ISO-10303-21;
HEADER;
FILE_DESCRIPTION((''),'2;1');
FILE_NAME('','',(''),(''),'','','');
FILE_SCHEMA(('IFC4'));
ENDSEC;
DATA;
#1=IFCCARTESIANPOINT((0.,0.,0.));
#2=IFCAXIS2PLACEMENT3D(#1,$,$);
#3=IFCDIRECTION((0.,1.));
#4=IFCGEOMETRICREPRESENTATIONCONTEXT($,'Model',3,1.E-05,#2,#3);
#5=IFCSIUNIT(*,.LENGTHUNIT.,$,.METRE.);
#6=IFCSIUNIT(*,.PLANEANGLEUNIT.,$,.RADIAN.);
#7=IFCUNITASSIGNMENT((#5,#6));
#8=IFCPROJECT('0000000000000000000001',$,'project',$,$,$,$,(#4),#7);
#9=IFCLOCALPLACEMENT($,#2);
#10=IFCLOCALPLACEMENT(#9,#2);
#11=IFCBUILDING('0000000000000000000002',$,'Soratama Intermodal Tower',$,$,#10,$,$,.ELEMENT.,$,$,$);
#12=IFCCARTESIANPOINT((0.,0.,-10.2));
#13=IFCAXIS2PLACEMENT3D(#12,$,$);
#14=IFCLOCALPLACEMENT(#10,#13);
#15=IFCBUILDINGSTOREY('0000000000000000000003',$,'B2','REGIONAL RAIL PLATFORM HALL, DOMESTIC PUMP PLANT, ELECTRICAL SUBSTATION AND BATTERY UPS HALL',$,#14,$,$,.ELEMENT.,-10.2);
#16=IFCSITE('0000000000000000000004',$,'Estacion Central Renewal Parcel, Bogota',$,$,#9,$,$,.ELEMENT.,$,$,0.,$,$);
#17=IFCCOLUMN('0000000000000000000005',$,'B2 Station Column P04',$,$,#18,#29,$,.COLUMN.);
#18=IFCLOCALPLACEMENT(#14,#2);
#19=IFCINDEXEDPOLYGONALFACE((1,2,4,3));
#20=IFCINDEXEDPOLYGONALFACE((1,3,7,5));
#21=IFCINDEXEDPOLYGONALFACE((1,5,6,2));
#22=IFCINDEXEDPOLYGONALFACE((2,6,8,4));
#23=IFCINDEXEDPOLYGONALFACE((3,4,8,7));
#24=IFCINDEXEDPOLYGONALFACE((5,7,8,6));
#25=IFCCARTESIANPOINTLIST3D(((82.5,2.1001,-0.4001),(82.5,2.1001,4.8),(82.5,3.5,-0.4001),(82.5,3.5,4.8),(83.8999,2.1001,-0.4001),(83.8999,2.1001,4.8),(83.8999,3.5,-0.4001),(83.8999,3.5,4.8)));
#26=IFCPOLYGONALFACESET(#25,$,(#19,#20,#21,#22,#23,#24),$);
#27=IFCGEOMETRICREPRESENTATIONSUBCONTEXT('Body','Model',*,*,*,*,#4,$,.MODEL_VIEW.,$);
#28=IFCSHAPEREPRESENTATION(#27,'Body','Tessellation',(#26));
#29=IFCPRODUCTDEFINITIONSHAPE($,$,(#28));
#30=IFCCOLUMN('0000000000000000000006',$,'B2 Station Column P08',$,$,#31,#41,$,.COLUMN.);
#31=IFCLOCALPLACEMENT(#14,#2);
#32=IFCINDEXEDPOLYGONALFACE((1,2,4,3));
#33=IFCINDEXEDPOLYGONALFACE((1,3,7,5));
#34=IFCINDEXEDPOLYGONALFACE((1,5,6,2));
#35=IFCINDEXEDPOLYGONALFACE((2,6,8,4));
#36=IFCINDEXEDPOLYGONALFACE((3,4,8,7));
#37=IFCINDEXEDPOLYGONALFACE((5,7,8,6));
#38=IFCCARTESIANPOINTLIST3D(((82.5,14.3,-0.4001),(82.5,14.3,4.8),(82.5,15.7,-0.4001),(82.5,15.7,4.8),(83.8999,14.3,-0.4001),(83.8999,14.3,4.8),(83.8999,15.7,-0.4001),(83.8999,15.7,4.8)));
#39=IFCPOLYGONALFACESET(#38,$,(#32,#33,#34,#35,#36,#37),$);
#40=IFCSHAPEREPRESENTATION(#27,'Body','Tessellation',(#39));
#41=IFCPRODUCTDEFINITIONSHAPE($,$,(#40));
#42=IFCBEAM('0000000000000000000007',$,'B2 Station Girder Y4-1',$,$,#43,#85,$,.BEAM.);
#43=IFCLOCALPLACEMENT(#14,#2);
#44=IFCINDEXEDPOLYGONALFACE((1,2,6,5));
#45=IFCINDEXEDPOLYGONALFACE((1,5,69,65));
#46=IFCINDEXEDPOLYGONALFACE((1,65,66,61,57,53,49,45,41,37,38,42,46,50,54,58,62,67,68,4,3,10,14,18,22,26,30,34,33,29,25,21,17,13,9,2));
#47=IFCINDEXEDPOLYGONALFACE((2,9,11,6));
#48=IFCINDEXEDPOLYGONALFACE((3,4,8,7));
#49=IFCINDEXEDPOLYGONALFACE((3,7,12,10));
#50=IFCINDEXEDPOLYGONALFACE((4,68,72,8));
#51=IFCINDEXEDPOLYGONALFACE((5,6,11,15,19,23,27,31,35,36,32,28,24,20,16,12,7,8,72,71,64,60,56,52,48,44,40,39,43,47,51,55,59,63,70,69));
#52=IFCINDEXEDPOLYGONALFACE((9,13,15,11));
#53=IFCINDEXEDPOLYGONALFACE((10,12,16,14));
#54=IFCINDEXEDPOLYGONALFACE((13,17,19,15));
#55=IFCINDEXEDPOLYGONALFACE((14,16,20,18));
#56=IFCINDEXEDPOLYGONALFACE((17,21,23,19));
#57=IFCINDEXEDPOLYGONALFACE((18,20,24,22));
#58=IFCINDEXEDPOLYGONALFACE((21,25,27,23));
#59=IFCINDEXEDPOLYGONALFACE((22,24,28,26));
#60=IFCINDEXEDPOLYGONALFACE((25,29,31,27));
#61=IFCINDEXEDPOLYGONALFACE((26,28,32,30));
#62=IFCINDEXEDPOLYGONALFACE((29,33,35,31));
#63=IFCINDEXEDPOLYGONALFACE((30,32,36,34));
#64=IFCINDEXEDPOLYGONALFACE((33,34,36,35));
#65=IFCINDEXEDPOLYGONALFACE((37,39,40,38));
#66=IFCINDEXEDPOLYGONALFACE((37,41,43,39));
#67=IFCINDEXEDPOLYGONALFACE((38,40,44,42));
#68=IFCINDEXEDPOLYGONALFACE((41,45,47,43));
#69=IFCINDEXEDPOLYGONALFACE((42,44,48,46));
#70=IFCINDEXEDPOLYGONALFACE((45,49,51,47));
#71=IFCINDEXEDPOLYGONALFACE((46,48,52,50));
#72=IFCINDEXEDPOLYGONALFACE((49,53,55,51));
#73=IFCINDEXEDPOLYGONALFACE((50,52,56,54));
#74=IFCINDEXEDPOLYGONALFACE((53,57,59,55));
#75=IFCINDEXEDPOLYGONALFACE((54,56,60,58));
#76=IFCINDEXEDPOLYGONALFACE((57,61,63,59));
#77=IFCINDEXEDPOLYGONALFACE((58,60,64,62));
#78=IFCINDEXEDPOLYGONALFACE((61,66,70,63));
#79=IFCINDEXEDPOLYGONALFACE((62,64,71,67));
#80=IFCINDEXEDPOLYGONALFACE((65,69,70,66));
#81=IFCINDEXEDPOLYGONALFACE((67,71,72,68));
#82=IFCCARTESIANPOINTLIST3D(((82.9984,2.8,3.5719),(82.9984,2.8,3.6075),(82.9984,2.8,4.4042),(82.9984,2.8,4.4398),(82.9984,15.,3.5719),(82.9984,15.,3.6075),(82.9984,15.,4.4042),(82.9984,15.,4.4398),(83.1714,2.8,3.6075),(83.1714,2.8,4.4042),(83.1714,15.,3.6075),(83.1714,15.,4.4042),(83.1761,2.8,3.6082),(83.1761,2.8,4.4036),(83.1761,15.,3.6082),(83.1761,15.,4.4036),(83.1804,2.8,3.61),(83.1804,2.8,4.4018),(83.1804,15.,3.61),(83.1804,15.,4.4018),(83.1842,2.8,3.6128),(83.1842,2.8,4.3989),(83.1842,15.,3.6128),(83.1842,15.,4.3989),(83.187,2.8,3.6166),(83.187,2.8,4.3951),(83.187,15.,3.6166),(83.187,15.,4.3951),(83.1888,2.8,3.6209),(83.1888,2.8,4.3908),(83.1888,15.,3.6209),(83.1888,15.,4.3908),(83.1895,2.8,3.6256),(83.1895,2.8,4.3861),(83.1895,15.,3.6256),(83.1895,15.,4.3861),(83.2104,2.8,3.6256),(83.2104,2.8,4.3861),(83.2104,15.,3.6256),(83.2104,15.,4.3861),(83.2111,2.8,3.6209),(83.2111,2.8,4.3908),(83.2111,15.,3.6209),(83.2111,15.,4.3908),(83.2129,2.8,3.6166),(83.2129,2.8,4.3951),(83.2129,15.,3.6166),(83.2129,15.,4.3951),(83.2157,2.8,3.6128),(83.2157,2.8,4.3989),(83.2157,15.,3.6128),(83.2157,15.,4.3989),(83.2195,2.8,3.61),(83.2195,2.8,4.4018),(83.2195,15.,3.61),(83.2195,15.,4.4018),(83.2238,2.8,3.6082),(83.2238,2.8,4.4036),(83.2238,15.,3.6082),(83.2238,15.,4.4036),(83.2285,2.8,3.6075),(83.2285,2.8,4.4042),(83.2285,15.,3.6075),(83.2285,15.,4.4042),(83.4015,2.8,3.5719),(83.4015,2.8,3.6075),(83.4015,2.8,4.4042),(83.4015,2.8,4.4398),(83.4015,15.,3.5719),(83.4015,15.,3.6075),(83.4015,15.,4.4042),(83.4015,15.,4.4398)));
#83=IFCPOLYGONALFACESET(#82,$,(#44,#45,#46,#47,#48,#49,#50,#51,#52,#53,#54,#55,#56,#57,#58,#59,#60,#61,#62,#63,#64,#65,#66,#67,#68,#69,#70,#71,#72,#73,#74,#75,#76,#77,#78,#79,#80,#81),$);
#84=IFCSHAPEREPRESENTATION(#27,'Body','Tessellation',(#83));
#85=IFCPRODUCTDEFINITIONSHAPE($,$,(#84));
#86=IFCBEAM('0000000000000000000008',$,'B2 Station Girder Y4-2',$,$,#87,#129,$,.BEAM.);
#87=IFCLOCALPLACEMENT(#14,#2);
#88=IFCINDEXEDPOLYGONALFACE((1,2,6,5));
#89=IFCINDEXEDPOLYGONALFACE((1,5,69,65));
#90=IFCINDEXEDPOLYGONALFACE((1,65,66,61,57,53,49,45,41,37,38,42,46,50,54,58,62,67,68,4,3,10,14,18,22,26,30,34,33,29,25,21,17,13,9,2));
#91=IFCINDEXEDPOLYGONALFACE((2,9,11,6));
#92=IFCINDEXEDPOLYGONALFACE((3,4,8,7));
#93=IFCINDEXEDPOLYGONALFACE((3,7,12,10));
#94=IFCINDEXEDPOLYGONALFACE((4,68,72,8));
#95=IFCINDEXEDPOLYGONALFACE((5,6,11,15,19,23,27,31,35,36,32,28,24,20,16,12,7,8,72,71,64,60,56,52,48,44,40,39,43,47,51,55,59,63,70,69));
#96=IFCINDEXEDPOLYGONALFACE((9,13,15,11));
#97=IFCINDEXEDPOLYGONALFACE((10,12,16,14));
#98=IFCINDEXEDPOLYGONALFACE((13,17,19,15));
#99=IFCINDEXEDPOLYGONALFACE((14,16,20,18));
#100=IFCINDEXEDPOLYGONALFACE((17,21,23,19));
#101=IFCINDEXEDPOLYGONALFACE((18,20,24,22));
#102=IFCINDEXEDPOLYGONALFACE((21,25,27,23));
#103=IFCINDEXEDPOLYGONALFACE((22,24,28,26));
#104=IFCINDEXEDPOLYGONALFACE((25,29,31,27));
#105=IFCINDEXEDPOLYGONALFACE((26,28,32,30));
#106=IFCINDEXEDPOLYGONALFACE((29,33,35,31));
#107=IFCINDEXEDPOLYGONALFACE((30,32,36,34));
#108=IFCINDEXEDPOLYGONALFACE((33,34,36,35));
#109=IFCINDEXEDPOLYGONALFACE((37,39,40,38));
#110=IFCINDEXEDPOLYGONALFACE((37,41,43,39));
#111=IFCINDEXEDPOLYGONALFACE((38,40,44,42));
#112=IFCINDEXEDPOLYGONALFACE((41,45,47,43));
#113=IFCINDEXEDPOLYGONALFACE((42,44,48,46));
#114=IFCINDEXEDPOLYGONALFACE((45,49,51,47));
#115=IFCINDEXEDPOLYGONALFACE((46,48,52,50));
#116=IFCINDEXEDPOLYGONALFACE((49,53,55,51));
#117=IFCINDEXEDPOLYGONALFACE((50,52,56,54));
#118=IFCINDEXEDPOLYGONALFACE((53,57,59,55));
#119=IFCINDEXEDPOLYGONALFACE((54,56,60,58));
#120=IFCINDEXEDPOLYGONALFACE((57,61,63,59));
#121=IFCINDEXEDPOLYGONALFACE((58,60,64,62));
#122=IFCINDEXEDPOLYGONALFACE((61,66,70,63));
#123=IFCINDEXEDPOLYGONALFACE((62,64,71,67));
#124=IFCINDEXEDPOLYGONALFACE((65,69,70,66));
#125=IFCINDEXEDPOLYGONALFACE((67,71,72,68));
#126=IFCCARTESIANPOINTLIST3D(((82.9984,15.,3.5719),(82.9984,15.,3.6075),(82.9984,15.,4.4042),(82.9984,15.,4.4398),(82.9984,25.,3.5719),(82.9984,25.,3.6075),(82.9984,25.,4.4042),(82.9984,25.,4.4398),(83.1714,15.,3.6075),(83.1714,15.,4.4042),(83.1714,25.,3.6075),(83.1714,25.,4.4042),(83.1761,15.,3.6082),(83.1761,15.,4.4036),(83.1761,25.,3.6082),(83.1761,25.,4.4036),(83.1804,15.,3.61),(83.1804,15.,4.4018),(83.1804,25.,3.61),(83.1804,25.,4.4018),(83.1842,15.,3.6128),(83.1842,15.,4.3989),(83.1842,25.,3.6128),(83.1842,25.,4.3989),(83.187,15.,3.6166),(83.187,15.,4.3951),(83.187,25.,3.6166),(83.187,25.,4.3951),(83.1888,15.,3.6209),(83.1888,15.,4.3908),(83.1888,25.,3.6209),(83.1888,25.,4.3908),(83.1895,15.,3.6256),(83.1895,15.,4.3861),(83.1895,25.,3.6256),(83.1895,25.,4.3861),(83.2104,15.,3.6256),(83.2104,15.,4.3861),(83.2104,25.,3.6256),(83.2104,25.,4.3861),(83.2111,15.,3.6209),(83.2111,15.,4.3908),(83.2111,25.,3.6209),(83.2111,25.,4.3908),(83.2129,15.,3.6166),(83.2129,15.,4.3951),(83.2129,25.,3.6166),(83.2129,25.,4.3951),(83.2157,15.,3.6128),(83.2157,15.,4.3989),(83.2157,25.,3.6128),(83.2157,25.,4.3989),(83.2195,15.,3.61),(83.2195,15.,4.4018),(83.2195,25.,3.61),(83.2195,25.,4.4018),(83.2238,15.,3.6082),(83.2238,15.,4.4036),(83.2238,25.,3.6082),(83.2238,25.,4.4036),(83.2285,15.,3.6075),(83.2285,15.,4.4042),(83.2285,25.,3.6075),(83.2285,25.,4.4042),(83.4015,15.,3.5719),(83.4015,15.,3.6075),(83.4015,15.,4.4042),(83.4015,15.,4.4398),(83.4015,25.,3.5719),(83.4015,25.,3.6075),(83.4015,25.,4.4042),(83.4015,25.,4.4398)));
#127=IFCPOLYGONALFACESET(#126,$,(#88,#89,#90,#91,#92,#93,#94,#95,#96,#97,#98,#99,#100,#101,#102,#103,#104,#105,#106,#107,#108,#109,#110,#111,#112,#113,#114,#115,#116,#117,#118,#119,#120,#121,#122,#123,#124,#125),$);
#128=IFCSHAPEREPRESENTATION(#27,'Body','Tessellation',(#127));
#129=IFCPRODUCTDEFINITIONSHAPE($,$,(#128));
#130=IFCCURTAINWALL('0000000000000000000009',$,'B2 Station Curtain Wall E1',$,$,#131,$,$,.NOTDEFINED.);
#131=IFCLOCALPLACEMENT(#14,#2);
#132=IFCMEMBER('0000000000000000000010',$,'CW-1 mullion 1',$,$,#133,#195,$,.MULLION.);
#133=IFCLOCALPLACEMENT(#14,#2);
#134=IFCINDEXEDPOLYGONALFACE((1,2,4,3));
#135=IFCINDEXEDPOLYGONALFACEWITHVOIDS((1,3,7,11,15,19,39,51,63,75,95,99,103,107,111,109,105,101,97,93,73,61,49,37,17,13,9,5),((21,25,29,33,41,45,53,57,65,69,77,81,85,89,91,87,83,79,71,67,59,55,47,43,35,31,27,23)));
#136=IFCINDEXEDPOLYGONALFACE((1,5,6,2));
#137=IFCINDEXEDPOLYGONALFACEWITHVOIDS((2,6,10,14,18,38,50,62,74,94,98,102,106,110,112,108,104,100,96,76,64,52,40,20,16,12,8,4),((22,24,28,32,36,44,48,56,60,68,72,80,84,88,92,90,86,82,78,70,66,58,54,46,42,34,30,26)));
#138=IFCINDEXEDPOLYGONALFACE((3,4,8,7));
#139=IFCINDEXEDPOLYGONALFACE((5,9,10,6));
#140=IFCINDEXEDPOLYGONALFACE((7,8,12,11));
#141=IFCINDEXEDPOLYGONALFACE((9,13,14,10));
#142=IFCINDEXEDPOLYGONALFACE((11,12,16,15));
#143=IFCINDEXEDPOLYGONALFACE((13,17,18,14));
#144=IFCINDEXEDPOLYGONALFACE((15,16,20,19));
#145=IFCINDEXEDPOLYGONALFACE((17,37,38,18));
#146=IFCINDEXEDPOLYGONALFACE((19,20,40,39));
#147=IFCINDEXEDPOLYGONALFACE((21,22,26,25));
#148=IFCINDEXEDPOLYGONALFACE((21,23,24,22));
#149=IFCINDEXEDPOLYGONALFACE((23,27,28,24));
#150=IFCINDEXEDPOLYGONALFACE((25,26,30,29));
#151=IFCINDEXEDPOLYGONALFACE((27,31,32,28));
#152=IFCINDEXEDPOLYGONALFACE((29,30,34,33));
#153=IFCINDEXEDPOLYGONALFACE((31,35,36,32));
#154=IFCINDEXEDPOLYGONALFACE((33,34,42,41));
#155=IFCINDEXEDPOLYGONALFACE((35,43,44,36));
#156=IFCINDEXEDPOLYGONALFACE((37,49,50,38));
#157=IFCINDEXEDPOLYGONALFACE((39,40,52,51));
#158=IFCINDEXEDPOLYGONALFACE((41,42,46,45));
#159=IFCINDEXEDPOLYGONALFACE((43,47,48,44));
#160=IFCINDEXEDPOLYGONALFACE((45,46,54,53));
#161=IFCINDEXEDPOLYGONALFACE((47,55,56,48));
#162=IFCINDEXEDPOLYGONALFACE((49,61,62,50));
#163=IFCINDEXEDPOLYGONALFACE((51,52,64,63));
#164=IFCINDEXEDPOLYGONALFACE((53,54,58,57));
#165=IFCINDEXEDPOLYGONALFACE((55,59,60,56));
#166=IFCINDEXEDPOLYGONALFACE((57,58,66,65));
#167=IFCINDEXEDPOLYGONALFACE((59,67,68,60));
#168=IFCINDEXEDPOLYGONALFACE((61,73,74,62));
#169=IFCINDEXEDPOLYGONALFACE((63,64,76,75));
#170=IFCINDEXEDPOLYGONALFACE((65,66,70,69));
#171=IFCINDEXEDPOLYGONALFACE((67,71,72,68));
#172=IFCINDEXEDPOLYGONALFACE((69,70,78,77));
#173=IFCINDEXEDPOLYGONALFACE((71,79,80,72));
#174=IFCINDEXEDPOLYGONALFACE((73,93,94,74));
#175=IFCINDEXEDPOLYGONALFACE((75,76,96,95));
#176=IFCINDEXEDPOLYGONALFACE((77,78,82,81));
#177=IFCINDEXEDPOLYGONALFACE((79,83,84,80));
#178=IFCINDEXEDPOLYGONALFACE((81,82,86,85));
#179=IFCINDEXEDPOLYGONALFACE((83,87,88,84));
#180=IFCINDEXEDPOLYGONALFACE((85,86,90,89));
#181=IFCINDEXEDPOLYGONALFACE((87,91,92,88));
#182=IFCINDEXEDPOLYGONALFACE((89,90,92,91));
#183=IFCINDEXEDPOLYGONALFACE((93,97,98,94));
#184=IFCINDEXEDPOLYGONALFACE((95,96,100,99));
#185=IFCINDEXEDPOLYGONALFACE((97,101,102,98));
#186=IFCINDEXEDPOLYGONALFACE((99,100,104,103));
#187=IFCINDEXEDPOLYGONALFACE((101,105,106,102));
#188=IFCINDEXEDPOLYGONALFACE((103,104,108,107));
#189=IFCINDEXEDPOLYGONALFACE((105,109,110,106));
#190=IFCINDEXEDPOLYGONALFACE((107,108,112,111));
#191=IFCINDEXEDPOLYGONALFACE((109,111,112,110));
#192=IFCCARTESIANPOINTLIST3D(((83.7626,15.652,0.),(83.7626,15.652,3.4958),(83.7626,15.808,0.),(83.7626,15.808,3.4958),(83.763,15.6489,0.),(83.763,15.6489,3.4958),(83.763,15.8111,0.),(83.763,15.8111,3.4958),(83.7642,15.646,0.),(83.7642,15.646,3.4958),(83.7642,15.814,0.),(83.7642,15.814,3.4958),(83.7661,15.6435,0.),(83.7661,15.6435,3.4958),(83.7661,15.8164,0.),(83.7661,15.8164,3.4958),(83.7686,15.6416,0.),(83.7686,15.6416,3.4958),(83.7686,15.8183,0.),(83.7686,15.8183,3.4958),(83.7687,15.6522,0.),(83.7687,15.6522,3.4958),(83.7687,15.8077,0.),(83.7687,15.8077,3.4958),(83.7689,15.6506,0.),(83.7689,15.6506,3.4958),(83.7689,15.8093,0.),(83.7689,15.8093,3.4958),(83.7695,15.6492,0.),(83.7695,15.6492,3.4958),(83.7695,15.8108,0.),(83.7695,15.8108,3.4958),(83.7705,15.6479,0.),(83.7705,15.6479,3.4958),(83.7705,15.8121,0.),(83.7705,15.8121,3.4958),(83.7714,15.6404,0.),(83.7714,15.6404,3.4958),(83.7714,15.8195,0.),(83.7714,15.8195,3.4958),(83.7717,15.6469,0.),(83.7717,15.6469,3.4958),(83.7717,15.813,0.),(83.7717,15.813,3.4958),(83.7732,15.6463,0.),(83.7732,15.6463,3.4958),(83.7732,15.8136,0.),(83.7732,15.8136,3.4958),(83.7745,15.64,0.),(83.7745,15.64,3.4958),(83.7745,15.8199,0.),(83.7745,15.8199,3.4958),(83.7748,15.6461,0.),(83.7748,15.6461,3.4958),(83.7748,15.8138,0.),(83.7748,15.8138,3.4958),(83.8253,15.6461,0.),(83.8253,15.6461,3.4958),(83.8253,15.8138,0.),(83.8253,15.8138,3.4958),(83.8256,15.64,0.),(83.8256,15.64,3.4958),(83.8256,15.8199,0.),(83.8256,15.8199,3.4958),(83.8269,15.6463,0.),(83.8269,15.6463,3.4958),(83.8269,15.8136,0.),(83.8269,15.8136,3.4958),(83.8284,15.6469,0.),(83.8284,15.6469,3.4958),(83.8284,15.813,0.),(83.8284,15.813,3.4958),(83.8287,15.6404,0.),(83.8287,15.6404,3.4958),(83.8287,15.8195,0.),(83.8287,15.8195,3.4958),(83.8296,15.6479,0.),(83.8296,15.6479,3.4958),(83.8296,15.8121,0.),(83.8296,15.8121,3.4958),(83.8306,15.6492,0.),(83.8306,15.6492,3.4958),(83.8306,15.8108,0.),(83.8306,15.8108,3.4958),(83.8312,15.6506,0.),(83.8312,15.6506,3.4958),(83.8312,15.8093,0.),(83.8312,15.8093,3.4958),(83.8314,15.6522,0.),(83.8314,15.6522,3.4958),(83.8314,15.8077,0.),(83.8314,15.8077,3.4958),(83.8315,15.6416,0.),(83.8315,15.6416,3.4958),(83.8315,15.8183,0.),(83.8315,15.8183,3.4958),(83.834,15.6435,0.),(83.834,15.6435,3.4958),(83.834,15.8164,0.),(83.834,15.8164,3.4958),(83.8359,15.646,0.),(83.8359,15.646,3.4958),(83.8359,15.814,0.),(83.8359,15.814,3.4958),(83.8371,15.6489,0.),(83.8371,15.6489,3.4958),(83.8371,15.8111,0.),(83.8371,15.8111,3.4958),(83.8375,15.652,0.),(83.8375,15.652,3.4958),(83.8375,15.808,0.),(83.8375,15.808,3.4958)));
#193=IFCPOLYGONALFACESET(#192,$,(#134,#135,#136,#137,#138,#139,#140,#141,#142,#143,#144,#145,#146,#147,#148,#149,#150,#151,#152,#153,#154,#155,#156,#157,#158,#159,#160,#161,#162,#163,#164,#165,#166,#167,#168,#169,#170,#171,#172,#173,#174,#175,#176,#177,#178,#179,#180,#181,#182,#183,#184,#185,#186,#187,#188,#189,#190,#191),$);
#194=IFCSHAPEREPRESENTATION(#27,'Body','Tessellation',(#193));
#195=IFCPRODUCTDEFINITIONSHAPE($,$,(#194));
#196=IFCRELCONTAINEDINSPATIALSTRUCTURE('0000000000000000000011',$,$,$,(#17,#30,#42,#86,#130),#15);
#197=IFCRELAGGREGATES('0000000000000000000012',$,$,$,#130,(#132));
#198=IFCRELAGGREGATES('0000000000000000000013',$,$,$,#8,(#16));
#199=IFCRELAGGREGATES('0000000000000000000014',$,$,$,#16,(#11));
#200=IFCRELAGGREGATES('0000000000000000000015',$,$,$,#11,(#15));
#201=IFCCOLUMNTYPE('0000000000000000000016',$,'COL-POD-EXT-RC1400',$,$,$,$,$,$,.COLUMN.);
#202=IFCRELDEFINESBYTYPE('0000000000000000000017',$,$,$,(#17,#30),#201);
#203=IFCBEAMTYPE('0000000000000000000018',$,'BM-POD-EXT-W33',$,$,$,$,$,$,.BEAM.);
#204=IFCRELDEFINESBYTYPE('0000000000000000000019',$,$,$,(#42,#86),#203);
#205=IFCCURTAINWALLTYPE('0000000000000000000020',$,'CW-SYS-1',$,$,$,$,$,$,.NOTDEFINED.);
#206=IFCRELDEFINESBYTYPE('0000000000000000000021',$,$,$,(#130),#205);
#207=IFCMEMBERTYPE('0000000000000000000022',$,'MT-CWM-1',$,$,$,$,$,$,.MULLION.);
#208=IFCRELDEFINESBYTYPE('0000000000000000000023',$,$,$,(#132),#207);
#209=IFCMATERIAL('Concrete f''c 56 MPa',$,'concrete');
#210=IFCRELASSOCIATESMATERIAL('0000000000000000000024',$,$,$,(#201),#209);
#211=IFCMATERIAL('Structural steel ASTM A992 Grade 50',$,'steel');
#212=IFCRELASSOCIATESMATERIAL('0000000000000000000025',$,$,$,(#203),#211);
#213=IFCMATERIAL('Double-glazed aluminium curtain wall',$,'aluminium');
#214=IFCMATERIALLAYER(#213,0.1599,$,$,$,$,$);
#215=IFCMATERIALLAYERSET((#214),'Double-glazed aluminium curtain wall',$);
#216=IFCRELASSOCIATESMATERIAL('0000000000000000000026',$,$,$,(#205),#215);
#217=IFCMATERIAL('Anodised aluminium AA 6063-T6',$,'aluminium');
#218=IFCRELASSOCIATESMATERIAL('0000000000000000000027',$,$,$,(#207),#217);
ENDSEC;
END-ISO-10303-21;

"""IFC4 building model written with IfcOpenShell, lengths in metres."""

from ifc_helpers import new_model, si_unit, direction, frame, origin, origin_2d, place, context, subcontext, project, spatial, rectangle, hollow_rectangle, i_section, extrude, material, layer, layer_set, material_profile, profile_set, type_object, element, aggregate, save


model = new_model("IFC4")

# Units and contexts
model_context = context("Model", 3, precision=1e-05, world=origin(), true_north=direction((0.0, 1.0)))
body_context = subcontext(model_context, "Body", "Model", "MODEL_VIEW")
ifc_project = project(units=[si_unit("LENGTHUNIT", "METRE"), si_unit("PLANEANGLEUNIT", "RADIAN")], contexts=[model_context])

# Site, building, storey
site_placement = place(None, origin())
site = spatial("IfcSite", under=ifc_project, at=site_placement, Name="Estacion Central Renewal Parcel, Bogota", CompositionType="ELEMENT", RefElevation=0.0)
building_placement = place(site_placement, origin())
building = spatial("IfcBuilding", under=site, at=building_placement, Name="Soratama Intermodal Tower", CompositionType="ELEMENT")
storey_placement = place(building_placement, frame((0.0, 0.0, -10.2)))
storey = spatial("IfcBuildingStorey", under=building, at=storey_placement, Name="B2", Description="REGIONAL RAIL PLATFORM HALL, DOMESTIC PUMP PLANT, ELECTRICAL SUBSTATION AND BATTERY UPS HALL", CompositionType="ELEMENT", Elevation=-10.2)

# Columns
ifc_material_1 = material(Name="Concrete f'c 56 MPa", Category="concrete")
ifc_material_profile_1 = material_profile(ifc_material_1, rectangle(XDim=1.3999, YDim=1.3999, at=origin_2d()), Name="RC1400X1400")
ifc_profile_set_1 = profile_set([ifc_material_profile_1], Name="Concrete f'c 56 MPa")
column_type = type_object("IfcColumnType", Name="COL-POD-EXT-RC1400", PredefinedType="COLUMN", material=ifc_profile_set_1)
for number, where, z_axis, x_axis, name in (
    (1, (83.2, 2.8, -0.4001), (0.0, 0.0, 1.0), (1.0, 0.0, 0.0), "B2 Station Column P04"),
    (2, (83.2, 15.0, -0.4001), (0.0, 0.0, 1.0), (1.0, 0.0, 0.0), "B2 Station Column P08"),
):
    element("IfcColumn", number, at=place(storey_placement, frame(where, z_axis=z_axis, x_axis=x_axis)), inside=storey, type_object=column_type, Name=name, PredefinedType="COLUMN", context=body_context, shape_type="SweptSolid", body=[
        extrude(rectangle(XDim=1.3999, YDim=1.3999, at=origin_2d()), origin(), (0.0, 0.0, 1.0), 5.2002),
    ])

# Beams
ifc_material_2 = material(Name="Structural steel ASTM A992 Grade 50", Category="steel")
ifc_material_profile_2 = material_profile(ifc_material_2, i_section(OverallWidth=0.4031, OverallDepth=0.8679, WebThickness=0.021, FlangeThickness=0.0356, FilletRadius=0.0181, at=origin_2d()), Name="W33X241")
ifc_profile_set_2 = profile_set([ifc_material_profile_2], Name="Structural steel ASTM A992 Grade 50")
beam_type = type_object("IfcBeamType", Name="BM-POD-EXT-W33", PredefinedType="BEAM", material=ifc_profile_set_2)
beam_1_placement = place(storey_placement, frame((83.2, 2.8, 4.0059), z_axis=(0.0, 1.0, 0.0), x_axis=(-1.0, 0.0, 0.0)))
element("IfcBeam", 3, at=beam_1_placement, inside=storey, type_object=beam_type, Name="B2 Station Girder Y4-1", PredefinedType="BEAM", context=body_context, shape_type="SweptSolid", body=[
    extrude(i_section(OverallWidth=0.4031, OverallDepth=0.8679, WebThickness=0.021, FlangeThickness=0.0356, FilletRadius=0.0181, at=origin_2d()), origin(), (0.0, 0.0, 1.0), 12.2),
])
beam_2_placement = place(storey_placement, frame((83.2, 15.0, 4.0059), z_axis=(0.0, 1.0, 0.0), x_axis=(-1.0, 0.0, 0.0)))
element("IfcBeam", 4, at=beam_2_placement, inside=storey, type_object=beam_type, Name="B2 Station Girder Y4-2", PredefinedType="BEAM", context=body_context, shape_type="SweptSolid", body=[
    extrude(i_section(OverallWidth=0.4031, OverallDepth=0.8679, WebThickness=0.021, FlangeThickness=0.0356, FilletRadius=0.0181, at=origin_2d()), origin(), (0.0, 0.0, 1.0), 10.0),
])

# Curtain wall, member
ifc_material_3 = material(Name="Double-glazed aluminium curtain wall", Category="aluminium")
ifc_layer_1 = layer(ifc_material_3, 0.1599)
ifc_layer_set_1 = layer_set([ifc_layer_1], Name="Double-glazed aluminium curtain wall")
curtain_wall_type = type_object("IfcCurtainWallType", Name="CW-SYS-1", PredefinedType="NOTDEFINED", material=ifc_layer_set_1)
curtain_wall_placement = place(storey_placement, origin())
curtain_wall = element("IfcCurtainWall", 5, at=curtain_wall_placement, inside=storey, type_object=curtain_wall_type, Name="B2 Station Curtain Wall E1", PredefinedType="NOTDEFINED")
ifc_material_4 = material(Name="Anodised aluminium AA 6063-T6", Category="aluminium")
ifc_material_profile_3 = material_profile(ifc_material_4, hollow_rectangle(XDim=0.075, YDim=0.1799, WallThickness=0.0061, InnerFilletRadius=0.0061, OuterFilletRadius=0.012, at=origin_2d()), Name="CWM180X75X6")
ifc_profile_set_3 = profile_set([ifc_material_profile_3], Name="Anodised aluminium AA 6063-T6")
member_type_1 = type_object("IfcMemberType", Name="MT-CWM-1", PredefinedType="MULLION", material=ifc_profile_set_3)
member_1_placement = place(storey_placement, frame((83.8, 15.73, 0.0), z_axis=(0.0, 0.0, 1.0), x_axis=(-1.0, 0.0, 0.0)))
member_1 = element("IfcMember", 6, at=member_1_placement, type_object=member_type_1, Name="CW-1 mullion 1", PredefinedType="MULLION", context=body_context, shape_type="SweptSolid", body=[
    extrude(hollow_rectangle(XDim=0.075, YDim=0.1799, WallThickness=0.0061, InnerFilletRadius=0.0061, OuterFilletRadius=0.012, at=origin_2d()), origin(), (0.0, 0.0, 1.0), 3.4958),
])
aggregate(curtain_wall, [member_1])

save(model, "model.ifc")
